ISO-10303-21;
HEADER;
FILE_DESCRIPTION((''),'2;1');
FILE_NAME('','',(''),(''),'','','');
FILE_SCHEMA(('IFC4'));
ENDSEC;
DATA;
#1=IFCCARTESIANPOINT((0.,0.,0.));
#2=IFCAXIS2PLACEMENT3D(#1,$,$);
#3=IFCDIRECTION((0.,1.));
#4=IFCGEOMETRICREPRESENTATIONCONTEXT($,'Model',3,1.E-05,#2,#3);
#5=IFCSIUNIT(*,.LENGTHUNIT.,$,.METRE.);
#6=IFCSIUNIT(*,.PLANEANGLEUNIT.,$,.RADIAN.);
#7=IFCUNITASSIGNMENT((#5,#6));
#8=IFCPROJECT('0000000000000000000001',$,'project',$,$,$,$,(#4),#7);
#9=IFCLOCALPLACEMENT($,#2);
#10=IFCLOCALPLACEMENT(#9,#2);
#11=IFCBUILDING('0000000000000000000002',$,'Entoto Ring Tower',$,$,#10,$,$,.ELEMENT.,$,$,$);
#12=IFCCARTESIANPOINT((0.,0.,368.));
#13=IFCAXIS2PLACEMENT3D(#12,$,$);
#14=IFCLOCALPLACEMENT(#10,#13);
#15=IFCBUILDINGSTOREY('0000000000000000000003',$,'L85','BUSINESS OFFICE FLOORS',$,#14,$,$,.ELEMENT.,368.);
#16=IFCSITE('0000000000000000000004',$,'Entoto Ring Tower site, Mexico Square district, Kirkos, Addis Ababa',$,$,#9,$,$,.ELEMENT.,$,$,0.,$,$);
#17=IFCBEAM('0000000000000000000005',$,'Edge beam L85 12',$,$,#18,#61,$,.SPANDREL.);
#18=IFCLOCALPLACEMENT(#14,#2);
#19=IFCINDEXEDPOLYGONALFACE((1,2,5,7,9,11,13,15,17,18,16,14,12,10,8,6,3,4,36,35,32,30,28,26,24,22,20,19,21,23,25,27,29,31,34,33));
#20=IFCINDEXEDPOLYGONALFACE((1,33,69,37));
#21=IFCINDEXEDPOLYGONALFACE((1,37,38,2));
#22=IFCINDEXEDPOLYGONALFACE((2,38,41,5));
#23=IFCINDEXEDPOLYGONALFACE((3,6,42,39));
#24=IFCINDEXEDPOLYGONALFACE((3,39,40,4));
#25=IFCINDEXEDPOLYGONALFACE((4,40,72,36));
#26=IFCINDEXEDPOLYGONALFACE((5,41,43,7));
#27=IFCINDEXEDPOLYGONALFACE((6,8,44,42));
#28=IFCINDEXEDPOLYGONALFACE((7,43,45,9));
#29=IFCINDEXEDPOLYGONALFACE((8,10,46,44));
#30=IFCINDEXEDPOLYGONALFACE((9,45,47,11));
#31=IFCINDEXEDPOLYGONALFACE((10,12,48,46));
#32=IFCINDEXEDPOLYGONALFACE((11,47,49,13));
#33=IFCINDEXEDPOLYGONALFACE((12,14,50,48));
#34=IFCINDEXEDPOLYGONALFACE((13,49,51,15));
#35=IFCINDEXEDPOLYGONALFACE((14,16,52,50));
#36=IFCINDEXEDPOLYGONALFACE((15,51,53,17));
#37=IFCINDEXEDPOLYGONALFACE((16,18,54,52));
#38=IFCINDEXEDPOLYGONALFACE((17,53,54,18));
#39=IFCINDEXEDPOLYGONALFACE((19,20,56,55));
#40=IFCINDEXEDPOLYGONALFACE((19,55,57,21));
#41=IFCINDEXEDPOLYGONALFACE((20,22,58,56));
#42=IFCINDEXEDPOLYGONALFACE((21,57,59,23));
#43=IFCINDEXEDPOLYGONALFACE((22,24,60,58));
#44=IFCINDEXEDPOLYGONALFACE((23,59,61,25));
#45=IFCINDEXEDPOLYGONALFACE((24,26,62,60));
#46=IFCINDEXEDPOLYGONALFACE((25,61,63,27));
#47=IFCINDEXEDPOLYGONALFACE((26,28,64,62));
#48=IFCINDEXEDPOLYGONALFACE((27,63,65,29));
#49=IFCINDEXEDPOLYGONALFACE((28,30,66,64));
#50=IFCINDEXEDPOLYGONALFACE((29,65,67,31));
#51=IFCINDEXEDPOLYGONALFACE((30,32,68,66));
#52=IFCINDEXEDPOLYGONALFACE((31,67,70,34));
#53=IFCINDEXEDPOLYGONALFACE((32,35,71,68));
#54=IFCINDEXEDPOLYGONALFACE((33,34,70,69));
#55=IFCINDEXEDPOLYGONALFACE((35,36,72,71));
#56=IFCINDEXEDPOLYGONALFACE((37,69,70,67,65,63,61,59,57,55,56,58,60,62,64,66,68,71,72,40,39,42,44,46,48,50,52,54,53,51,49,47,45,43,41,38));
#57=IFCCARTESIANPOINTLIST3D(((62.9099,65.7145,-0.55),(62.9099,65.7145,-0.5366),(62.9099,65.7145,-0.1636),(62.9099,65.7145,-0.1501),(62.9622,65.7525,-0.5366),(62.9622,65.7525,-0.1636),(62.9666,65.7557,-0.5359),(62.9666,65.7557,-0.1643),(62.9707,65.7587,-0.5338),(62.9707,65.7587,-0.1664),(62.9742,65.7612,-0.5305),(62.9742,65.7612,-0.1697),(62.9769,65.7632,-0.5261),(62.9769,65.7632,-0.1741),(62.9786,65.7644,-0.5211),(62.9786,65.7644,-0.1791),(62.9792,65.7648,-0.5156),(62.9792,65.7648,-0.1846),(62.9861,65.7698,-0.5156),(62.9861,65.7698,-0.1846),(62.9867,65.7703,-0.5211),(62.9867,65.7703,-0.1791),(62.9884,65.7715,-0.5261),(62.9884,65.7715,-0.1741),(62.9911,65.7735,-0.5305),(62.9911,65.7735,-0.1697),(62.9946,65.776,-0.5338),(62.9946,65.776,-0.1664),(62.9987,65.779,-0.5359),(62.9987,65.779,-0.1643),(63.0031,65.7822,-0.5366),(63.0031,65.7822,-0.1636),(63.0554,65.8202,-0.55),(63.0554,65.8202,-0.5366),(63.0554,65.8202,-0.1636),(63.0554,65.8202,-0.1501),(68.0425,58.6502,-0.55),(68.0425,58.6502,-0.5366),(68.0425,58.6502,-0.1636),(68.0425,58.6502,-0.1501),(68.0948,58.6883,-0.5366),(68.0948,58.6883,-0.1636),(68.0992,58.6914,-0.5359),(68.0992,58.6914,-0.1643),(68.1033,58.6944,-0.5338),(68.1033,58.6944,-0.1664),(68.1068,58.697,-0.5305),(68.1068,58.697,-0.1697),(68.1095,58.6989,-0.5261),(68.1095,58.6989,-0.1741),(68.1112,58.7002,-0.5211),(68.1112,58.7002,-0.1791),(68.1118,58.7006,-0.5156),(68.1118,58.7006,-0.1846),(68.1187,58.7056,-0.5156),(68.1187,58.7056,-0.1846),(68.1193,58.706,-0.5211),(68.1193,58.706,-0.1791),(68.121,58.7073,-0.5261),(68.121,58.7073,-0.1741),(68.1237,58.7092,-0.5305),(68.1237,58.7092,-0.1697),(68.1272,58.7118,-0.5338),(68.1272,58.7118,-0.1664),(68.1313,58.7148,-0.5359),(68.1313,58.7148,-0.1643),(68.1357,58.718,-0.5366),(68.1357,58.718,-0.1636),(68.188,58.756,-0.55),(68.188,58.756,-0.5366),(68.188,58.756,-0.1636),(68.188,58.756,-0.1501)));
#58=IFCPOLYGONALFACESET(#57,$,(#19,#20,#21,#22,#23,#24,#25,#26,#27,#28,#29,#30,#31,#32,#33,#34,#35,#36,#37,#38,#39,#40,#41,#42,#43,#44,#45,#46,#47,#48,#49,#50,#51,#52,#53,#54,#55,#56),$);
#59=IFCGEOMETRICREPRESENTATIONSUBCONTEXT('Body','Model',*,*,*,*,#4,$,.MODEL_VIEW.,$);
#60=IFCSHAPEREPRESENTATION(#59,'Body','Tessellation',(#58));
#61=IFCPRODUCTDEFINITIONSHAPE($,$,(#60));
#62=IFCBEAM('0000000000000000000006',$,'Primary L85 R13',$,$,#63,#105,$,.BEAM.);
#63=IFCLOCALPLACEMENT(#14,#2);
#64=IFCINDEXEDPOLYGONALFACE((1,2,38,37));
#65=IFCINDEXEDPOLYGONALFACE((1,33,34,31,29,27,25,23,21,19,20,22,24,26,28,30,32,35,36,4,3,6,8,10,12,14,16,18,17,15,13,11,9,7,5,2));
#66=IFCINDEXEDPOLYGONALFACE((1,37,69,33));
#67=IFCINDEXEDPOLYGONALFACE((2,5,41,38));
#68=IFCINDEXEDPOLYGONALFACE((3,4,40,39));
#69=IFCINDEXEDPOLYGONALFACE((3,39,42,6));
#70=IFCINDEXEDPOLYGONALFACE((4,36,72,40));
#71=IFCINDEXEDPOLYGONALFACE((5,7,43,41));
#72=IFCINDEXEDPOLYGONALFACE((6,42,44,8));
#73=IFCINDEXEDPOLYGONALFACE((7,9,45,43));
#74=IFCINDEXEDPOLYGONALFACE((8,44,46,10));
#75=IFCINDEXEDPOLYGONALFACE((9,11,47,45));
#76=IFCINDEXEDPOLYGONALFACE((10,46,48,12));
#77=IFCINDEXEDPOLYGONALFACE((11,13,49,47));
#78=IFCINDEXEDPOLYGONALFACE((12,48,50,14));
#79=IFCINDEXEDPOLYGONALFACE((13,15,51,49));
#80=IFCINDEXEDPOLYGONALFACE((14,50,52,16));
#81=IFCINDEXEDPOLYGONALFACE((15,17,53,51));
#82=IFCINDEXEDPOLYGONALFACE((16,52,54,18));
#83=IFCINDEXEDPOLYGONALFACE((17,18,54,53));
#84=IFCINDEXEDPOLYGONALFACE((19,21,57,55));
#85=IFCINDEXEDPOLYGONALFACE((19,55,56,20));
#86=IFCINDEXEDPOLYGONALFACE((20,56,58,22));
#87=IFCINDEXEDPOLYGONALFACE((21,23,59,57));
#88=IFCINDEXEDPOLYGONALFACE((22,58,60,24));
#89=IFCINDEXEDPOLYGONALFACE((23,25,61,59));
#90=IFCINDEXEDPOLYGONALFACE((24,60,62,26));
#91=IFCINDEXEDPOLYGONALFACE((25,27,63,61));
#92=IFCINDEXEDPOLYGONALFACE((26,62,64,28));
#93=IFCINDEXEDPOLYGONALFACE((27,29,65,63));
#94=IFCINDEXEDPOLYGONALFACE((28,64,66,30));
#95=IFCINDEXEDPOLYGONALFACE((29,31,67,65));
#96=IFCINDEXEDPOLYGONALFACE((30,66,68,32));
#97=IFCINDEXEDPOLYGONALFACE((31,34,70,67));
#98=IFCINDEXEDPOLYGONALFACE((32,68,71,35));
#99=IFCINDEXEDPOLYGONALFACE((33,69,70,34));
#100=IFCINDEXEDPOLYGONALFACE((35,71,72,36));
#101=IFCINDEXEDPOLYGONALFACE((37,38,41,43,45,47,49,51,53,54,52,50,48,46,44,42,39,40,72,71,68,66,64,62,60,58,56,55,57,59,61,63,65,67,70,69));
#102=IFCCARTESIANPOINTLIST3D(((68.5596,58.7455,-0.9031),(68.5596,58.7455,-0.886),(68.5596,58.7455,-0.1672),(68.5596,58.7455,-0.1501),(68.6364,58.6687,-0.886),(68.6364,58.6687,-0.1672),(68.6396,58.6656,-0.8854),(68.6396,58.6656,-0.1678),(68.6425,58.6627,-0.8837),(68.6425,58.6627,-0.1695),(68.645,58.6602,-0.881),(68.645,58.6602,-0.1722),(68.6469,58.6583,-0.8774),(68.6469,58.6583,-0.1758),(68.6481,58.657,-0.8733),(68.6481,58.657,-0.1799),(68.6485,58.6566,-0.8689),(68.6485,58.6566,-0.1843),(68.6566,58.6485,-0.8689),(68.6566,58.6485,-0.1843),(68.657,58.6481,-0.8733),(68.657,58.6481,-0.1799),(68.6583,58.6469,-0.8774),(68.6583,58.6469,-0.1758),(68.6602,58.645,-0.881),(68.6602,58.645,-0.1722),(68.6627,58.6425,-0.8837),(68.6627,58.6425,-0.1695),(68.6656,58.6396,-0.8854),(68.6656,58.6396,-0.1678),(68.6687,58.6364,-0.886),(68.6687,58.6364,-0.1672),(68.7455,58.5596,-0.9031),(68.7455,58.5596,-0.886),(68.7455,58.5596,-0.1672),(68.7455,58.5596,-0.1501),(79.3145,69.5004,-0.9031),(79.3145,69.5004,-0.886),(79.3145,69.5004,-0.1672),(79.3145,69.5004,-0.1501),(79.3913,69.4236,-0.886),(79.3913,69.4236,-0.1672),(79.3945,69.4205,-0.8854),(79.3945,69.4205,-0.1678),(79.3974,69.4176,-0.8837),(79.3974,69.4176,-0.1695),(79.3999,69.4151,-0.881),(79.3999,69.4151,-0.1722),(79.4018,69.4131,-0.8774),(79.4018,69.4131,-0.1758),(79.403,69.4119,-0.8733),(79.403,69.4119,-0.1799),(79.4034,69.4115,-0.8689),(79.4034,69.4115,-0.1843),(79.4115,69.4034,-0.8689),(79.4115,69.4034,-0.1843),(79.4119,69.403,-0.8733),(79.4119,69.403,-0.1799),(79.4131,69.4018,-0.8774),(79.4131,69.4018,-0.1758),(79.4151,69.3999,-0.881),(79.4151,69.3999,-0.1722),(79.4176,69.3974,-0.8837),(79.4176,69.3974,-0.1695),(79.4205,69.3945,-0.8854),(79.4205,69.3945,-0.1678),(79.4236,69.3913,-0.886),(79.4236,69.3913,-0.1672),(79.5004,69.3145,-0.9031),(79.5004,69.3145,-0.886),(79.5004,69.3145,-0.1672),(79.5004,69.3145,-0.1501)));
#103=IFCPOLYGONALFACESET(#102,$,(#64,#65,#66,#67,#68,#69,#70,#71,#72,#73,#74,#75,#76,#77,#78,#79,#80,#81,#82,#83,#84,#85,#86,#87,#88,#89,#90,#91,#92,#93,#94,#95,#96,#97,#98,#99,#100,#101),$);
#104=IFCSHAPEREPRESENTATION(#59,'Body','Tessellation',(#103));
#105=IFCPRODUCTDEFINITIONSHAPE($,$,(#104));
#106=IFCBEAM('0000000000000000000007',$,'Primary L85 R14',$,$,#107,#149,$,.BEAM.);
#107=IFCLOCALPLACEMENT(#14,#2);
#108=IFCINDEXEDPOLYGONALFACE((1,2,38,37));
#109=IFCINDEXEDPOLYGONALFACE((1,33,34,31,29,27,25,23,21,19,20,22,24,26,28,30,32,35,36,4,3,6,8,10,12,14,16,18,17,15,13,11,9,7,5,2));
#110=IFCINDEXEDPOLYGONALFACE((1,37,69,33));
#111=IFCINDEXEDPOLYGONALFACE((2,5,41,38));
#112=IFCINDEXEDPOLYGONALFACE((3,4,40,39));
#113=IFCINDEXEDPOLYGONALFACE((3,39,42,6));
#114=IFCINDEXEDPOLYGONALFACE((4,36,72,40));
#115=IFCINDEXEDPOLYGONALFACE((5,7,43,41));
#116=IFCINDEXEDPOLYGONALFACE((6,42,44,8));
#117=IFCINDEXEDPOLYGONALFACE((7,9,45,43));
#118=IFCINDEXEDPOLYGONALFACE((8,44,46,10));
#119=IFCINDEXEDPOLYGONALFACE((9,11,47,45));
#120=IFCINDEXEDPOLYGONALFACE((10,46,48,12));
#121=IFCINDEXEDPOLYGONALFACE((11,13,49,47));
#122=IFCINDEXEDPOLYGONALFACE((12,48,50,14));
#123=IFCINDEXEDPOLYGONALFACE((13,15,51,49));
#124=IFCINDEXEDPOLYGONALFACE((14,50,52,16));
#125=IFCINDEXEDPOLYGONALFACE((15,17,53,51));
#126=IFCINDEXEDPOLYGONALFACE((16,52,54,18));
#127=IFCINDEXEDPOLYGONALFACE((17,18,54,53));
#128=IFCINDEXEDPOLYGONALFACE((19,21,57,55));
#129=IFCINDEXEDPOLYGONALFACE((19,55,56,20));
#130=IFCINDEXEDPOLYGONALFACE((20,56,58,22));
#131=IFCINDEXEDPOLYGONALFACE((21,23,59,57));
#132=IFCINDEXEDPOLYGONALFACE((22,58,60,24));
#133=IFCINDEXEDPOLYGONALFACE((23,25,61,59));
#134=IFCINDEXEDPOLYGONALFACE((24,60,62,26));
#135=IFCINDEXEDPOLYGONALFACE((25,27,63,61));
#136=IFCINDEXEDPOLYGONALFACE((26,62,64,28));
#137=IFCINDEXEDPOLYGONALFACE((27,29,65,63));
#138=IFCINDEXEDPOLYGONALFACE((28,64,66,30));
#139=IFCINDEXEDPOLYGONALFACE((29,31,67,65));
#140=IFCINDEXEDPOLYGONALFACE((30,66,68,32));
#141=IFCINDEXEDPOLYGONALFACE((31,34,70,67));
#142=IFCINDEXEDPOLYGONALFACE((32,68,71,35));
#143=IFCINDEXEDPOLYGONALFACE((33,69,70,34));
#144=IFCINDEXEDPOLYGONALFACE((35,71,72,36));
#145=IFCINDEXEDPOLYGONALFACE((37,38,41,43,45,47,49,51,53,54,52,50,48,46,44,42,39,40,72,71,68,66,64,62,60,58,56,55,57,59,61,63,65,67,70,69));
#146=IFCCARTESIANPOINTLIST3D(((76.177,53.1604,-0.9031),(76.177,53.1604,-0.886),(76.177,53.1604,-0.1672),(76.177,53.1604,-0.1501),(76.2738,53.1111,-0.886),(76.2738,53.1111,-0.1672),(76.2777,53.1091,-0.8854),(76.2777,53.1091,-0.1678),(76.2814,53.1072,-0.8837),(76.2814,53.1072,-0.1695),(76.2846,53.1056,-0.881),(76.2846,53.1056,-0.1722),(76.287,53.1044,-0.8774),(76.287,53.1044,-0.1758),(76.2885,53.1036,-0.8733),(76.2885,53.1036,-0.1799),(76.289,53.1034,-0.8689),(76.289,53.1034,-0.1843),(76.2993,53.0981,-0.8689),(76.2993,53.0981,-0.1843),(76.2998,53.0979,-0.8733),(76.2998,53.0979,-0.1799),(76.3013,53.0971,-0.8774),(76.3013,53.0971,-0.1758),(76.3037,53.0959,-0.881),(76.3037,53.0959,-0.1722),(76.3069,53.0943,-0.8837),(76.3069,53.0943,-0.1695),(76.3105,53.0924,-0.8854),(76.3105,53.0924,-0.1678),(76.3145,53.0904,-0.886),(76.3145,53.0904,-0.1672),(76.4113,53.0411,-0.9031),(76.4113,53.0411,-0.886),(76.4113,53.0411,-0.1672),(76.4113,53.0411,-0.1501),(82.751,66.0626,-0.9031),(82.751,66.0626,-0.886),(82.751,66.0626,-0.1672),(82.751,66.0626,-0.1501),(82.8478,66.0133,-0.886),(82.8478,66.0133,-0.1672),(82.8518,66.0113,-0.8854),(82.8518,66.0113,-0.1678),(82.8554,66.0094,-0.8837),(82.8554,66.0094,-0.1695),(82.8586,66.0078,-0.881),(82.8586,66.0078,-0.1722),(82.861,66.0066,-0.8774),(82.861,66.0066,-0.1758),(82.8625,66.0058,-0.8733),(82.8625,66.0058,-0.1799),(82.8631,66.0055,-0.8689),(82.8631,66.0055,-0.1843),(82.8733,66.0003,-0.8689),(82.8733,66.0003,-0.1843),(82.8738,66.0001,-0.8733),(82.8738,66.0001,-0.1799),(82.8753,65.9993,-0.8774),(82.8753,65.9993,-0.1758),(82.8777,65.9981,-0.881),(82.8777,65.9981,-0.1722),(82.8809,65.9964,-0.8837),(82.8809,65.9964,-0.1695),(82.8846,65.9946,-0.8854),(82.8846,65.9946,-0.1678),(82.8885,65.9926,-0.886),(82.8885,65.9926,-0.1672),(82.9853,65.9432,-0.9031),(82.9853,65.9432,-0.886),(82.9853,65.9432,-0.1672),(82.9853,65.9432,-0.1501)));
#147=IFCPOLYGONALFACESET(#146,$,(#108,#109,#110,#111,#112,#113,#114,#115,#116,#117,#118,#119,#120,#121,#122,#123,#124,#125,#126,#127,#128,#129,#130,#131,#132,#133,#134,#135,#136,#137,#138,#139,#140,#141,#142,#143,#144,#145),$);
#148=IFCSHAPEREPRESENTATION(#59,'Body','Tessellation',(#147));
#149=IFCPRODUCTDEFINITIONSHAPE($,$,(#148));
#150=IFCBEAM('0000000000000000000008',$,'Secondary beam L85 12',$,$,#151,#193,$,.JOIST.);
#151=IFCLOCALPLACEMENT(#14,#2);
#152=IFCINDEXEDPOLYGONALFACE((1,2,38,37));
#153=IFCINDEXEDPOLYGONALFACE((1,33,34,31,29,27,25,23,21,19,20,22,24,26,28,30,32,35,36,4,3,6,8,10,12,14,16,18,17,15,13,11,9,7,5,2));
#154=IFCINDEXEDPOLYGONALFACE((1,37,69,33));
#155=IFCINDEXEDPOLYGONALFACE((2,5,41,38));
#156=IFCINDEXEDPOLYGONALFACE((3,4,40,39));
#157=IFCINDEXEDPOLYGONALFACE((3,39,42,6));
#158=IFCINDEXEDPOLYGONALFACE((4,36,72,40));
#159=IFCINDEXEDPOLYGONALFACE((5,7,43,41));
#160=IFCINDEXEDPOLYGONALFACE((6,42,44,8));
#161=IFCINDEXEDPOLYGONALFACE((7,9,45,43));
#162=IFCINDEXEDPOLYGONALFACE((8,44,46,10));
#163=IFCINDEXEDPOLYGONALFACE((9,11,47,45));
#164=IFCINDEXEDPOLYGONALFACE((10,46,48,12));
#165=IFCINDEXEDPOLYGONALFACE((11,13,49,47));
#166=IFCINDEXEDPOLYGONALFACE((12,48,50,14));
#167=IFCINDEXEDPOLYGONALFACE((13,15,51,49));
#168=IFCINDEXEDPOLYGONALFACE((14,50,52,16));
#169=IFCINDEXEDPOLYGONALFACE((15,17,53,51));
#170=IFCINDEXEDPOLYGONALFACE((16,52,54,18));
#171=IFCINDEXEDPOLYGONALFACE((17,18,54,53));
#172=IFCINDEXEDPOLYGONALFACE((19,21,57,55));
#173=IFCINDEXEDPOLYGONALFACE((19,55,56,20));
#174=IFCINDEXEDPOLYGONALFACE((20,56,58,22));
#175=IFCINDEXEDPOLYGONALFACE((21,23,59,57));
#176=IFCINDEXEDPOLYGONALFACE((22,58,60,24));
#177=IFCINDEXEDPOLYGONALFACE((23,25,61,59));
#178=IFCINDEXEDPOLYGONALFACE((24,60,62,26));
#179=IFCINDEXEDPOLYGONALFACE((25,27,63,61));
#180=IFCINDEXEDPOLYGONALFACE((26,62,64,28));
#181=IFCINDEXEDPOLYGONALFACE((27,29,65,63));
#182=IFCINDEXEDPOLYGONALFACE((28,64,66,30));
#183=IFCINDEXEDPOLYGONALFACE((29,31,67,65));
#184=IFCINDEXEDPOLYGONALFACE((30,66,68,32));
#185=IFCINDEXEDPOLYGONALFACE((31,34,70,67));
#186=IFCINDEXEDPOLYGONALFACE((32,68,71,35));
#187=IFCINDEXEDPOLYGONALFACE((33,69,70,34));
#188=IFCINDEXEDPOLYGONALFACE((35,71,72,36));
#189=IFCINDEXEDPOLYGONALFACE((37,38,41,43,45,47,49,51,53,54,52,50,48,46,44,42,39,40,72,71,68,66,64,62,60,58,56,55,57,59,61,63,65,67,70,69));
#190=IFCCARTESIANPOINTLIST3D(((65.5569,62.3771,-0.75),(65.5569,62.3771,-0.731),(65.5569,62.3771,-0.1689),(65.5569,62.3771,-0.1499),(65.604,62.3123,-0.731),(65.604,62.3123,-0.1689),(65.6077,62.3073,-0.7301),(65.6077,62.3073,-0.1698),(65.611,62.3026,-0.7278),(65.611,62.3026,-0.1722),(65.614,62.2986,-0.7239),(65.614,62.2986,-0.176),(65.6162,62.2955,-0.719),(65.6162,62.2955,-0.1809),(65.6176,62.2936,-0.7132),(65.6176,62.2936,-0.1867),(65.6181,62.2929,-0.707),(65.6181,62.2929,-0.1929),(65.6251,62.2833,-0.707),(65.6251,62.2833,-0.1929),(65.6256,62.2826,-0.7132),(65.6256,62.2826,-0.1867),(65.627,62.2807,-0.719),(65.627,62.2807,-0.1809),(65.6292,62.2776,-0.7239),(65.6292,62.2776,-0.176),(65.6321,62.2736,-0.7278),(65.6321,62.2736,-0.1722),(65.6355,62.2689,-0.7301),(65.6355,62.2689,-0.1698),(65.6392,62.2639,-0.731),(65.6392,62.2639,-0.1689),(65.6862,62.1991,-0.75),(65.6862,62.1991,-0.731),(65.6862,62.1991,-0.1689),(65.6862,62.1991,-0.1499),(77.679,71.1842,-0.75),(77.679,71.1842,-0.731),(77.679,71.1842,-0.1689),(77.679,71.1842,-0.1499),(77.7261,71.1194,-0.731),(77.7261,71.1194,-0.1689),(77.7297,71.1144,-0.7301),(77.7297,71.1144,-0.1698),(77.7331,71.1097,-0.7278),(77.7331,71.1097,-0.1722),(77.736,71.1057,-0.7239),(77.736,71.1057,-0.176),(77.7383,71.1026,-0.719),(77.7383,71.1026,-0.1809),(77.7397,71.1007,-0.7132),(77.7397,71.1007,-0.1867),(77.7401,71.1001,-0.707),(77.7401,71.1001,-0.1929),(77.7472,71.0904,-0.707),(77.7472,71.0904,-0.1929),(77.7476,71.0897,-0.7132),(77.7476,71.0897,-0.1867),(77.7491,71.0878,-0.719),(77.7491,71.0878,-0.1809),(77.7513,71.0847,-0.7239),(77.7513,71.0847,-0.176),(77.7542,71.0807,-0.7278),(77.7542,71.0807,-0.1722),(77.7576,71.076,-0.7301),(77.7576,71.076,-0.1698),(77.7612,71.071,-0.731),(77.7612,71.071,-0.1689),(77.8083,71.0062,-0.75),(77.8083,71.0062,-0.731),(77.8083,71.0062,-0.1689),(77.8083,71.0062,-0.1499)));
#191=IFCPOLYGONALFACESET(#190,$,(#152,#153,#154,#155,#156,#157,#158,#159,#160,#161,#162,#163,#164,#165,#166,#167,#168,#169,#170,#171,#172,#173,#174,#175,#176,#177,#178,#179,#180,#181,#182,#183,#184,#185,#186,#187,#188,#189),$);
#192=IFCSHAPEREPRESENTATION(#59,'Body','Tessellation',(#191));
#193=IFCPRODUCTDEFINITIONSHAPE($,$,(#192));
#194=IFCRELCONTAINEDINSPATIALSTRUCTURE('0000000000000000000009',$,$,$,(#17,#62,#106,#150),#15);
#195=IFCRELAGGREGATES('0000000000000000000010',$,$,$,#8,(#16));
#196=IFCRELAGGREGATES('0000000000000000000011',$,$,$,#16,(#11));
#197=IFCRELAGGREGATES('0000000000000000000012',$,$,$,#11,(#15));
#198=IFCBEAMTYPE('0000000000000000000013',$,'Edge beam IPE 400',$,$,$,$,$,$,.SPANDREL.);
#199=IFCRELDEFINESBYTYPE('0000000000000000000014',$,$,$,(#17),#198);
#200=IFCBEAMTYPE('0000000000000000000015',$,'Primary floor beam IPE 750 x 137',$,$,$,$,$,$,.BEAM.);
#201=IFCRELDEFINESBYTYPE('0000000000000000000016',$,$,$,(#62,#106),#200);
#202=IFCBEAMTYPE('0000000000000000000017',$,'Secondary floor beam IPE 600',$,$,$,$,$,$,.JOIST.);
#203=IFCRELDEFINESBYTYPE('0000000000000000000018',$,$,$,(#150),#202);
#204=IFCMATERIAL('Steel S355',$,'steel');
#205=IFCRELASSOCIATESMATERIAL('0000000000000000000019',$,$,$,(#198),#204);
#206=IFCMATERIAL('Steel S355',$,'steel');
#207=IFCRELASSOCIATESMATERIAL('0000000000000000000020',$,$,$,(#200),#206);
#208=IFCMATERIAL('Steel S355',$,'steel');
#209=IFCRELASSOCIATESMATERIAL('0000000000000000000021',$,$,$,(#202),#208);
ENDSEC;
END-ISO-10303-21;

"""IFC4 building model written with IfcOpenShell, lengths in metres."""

from ifc_helpers import new_model, si_unit, direction, frame, origin, origin_2d, place, context, subcontext, project, spatial, i_section, extrude, material, material_profile, profile_set, type_object, element, save


model = new_model("IFC4")

# Units and contexts
model_context = context("Model", 3, precision=1e-05, world=origin(), true_north=direction((0.0, 1.0)))
body_context = subcontext(model_context, "Body", "Model", "MODEL_VIEW")
ifc_project = project(units=[si_unit("LENGTHUNIT", "METRE"), si_unit("PLANEANGLEUNIT", "RADIAN")], contexts=[model_context])

# Site, building, storey
site_placement = place(None, origin())
site = spatial("IfcSite", under=ifc_project, at=site_placement, Name="Entoto Ring Tower site, Mexico Square district, Kirkos, Addis Ababa", CompositionType="ELEMENT", RefElevation=0.0)
building_placement = place(site_placement, origin())
building = spatial("IfcBuilding", under=site, at=building_placement, Name="Entoto Ring Tower", CompositionType="ELEMENT")
storey_placement = place(building_placement, frame((0.0, 0.0, 368.0)))
storey = spatial("IfcBuildingStorey", under=building, at=storey_placement, Name="L85", Description="BUSINESS OFFICE FLOORS", CompositionType="ELEMENT", Elevation=368.0)

# Beams
ifc_material_1 = material(Name="Steel S355", Category="steel")
ifc_material_profile_1 = material_profile(ifc_material_1, i_section(OverallWidth=0.1799, OverallDepth=0.3999, WebThickness=0.0085, FlangeThickness=0.0134, FilletRadius=0.021, at=origin_2d()), Name="IPE 400")
ifc_profile_set_1 = profile_set([ifc_material_profile_1], Name="Steel S355")
beam_type_1 = type_object("IfcBeamType", Name="Edge beam IPE 400", PredefinedType="SPANDREL", material=ifc_profile_set_1)
beam_1_placement = place(storey_placement, frame((62.9827, 65.7673, -0.3501), z_axis=(0.587794, -0.80901, 0.0), x_axis=(0.80901, 0.587794, 0.0)))
element("IfcBeam", 1, at=beam_1_placement, inside=storey, type_object=beam_type_1, Name="Edge beam L85 12", PredefinedType="SPANDREL", context=body_context, shape_type="SweptSolid", body=[
    extrude(i_section(OverallWidth=0.1799, OverallDepth=0.3999, WebThickness=0.0085, FlangeThickness=0.0134, FilletRadius=0.021, at=origin_2d()), origin(), (0.0, 0.0, 1.0), 8.7319),
])
ifc_material_2 = material(Name="Steel S355", Category="steel")
ifc_material_profile_2 = material_profile(ifc_material_2, i_section(OverallWidth=0.2629, OverallDepth=0.7529, WebThickness=0.0115, FlangeThickness=0.0171, FilletRadius=0.0171, at=origin_2d()), Name="IPE 750 x 137")
ifc_profile_set_2 = profile_set([ifc_material_profile_2], Name="Steel S355")
beam_type_2 = type_object("IfcBeamType", Name="Primary floor beam IPE 750 x 137", PredefinedType="BEAM", material=ifc_profile_set_2)
beam_2_placement = place(storey_placement, frame((79.4075, 69.4075, -0.5266), z_axis=(-0.707107, -0.707107, 0.0), x_axis=(0.707107, -0.707107, 0.0)))
element("IfcBeam", 2, at=beam_2_placement, inside=storey, type_object=beam_type_2, Name="Primary L85 R13", PredefinedType="BEAM", context=body_context, shape_type="SweptSolid", body=[
    extrude(i_section(OverallWidth=0.2629, OverallDepth=0.7529, WebThickness=0.0115, FlangeThickness=0.0171, FilletRadius=0.0171, at=origin_2d()), origin(), (0.0, 0.0, 1.0), 15.2097),
])
beam_3_placement = place(storey_placement, frame((82.8682, 66.0029, -0.5266), z_axis=(-0.453992, -0.891006, 0.0), x_axis=(0.891006, -0.453992, 0.0)))
element("IfcBeam", 3, at=beam_3_placement, inside=storey, type_object=beam_type_2, Name="Primary L85 R14", PredefinedType="BEAM", context=body_context, shape_type="SweptSolid", body=[
    extrude(i_section(OverallWidth=0.2629, OverallDepth=0.7529, WebThickness=0.0115, FlangeThickness=0.0171, FilletRadius=0.0171, at=origin_2d()), origin(), (0.0, 0.0, 1.0), 14.4805),
])
ifc_material_3 = material(Name="Steel S355", Category="steel")
ifc_material_profile_3 = material_profile(ifc_material_3, i_section(OverallWidth=0.22, OverallDepth=0.6001, WebThickness=0.012, FlangeThickness=0.019, FilletRadius=0.0239, at=origin_2d()), Name="IPE 600")
ifc_profile_set_3 = profile_set([ifc_material_profile_3], Name="Steel S355")
beam_type_3 = type_object("IfcBeamType", Name="Secondary floor beam IPE 600", PredefinedType="JOIST", material=ifc_profile_set_3)
for number, where, z_axis, x_axis, name in (
    (4, (77.7437, 71.0952, -0.45), (-0.809019, -0.587782, 0.0), (0.587782, -0.809019, 0.0), "Secondary beam L85 12"),
):
    element("IfcBeam", number, at=place(storey_placement, frame(where, z_axis=z_axis, x_axis=x_axis)), inside=storey, type_object=beam_type_3, Name=name, PredefinedType="JOIST", context=body_context, shape_type="SweptSolid", body=[
        extrude(i_section(OverallWidth=0.22, OverallDepth=0.6001, WebThickness=0.012, FlangeThickness=0.019, FilletRadius=0.0239, at=origin_2d()), origin(), (0.0, 0.0, 1.0), 14.9836),
    ])

save(model, "model.ifc")
